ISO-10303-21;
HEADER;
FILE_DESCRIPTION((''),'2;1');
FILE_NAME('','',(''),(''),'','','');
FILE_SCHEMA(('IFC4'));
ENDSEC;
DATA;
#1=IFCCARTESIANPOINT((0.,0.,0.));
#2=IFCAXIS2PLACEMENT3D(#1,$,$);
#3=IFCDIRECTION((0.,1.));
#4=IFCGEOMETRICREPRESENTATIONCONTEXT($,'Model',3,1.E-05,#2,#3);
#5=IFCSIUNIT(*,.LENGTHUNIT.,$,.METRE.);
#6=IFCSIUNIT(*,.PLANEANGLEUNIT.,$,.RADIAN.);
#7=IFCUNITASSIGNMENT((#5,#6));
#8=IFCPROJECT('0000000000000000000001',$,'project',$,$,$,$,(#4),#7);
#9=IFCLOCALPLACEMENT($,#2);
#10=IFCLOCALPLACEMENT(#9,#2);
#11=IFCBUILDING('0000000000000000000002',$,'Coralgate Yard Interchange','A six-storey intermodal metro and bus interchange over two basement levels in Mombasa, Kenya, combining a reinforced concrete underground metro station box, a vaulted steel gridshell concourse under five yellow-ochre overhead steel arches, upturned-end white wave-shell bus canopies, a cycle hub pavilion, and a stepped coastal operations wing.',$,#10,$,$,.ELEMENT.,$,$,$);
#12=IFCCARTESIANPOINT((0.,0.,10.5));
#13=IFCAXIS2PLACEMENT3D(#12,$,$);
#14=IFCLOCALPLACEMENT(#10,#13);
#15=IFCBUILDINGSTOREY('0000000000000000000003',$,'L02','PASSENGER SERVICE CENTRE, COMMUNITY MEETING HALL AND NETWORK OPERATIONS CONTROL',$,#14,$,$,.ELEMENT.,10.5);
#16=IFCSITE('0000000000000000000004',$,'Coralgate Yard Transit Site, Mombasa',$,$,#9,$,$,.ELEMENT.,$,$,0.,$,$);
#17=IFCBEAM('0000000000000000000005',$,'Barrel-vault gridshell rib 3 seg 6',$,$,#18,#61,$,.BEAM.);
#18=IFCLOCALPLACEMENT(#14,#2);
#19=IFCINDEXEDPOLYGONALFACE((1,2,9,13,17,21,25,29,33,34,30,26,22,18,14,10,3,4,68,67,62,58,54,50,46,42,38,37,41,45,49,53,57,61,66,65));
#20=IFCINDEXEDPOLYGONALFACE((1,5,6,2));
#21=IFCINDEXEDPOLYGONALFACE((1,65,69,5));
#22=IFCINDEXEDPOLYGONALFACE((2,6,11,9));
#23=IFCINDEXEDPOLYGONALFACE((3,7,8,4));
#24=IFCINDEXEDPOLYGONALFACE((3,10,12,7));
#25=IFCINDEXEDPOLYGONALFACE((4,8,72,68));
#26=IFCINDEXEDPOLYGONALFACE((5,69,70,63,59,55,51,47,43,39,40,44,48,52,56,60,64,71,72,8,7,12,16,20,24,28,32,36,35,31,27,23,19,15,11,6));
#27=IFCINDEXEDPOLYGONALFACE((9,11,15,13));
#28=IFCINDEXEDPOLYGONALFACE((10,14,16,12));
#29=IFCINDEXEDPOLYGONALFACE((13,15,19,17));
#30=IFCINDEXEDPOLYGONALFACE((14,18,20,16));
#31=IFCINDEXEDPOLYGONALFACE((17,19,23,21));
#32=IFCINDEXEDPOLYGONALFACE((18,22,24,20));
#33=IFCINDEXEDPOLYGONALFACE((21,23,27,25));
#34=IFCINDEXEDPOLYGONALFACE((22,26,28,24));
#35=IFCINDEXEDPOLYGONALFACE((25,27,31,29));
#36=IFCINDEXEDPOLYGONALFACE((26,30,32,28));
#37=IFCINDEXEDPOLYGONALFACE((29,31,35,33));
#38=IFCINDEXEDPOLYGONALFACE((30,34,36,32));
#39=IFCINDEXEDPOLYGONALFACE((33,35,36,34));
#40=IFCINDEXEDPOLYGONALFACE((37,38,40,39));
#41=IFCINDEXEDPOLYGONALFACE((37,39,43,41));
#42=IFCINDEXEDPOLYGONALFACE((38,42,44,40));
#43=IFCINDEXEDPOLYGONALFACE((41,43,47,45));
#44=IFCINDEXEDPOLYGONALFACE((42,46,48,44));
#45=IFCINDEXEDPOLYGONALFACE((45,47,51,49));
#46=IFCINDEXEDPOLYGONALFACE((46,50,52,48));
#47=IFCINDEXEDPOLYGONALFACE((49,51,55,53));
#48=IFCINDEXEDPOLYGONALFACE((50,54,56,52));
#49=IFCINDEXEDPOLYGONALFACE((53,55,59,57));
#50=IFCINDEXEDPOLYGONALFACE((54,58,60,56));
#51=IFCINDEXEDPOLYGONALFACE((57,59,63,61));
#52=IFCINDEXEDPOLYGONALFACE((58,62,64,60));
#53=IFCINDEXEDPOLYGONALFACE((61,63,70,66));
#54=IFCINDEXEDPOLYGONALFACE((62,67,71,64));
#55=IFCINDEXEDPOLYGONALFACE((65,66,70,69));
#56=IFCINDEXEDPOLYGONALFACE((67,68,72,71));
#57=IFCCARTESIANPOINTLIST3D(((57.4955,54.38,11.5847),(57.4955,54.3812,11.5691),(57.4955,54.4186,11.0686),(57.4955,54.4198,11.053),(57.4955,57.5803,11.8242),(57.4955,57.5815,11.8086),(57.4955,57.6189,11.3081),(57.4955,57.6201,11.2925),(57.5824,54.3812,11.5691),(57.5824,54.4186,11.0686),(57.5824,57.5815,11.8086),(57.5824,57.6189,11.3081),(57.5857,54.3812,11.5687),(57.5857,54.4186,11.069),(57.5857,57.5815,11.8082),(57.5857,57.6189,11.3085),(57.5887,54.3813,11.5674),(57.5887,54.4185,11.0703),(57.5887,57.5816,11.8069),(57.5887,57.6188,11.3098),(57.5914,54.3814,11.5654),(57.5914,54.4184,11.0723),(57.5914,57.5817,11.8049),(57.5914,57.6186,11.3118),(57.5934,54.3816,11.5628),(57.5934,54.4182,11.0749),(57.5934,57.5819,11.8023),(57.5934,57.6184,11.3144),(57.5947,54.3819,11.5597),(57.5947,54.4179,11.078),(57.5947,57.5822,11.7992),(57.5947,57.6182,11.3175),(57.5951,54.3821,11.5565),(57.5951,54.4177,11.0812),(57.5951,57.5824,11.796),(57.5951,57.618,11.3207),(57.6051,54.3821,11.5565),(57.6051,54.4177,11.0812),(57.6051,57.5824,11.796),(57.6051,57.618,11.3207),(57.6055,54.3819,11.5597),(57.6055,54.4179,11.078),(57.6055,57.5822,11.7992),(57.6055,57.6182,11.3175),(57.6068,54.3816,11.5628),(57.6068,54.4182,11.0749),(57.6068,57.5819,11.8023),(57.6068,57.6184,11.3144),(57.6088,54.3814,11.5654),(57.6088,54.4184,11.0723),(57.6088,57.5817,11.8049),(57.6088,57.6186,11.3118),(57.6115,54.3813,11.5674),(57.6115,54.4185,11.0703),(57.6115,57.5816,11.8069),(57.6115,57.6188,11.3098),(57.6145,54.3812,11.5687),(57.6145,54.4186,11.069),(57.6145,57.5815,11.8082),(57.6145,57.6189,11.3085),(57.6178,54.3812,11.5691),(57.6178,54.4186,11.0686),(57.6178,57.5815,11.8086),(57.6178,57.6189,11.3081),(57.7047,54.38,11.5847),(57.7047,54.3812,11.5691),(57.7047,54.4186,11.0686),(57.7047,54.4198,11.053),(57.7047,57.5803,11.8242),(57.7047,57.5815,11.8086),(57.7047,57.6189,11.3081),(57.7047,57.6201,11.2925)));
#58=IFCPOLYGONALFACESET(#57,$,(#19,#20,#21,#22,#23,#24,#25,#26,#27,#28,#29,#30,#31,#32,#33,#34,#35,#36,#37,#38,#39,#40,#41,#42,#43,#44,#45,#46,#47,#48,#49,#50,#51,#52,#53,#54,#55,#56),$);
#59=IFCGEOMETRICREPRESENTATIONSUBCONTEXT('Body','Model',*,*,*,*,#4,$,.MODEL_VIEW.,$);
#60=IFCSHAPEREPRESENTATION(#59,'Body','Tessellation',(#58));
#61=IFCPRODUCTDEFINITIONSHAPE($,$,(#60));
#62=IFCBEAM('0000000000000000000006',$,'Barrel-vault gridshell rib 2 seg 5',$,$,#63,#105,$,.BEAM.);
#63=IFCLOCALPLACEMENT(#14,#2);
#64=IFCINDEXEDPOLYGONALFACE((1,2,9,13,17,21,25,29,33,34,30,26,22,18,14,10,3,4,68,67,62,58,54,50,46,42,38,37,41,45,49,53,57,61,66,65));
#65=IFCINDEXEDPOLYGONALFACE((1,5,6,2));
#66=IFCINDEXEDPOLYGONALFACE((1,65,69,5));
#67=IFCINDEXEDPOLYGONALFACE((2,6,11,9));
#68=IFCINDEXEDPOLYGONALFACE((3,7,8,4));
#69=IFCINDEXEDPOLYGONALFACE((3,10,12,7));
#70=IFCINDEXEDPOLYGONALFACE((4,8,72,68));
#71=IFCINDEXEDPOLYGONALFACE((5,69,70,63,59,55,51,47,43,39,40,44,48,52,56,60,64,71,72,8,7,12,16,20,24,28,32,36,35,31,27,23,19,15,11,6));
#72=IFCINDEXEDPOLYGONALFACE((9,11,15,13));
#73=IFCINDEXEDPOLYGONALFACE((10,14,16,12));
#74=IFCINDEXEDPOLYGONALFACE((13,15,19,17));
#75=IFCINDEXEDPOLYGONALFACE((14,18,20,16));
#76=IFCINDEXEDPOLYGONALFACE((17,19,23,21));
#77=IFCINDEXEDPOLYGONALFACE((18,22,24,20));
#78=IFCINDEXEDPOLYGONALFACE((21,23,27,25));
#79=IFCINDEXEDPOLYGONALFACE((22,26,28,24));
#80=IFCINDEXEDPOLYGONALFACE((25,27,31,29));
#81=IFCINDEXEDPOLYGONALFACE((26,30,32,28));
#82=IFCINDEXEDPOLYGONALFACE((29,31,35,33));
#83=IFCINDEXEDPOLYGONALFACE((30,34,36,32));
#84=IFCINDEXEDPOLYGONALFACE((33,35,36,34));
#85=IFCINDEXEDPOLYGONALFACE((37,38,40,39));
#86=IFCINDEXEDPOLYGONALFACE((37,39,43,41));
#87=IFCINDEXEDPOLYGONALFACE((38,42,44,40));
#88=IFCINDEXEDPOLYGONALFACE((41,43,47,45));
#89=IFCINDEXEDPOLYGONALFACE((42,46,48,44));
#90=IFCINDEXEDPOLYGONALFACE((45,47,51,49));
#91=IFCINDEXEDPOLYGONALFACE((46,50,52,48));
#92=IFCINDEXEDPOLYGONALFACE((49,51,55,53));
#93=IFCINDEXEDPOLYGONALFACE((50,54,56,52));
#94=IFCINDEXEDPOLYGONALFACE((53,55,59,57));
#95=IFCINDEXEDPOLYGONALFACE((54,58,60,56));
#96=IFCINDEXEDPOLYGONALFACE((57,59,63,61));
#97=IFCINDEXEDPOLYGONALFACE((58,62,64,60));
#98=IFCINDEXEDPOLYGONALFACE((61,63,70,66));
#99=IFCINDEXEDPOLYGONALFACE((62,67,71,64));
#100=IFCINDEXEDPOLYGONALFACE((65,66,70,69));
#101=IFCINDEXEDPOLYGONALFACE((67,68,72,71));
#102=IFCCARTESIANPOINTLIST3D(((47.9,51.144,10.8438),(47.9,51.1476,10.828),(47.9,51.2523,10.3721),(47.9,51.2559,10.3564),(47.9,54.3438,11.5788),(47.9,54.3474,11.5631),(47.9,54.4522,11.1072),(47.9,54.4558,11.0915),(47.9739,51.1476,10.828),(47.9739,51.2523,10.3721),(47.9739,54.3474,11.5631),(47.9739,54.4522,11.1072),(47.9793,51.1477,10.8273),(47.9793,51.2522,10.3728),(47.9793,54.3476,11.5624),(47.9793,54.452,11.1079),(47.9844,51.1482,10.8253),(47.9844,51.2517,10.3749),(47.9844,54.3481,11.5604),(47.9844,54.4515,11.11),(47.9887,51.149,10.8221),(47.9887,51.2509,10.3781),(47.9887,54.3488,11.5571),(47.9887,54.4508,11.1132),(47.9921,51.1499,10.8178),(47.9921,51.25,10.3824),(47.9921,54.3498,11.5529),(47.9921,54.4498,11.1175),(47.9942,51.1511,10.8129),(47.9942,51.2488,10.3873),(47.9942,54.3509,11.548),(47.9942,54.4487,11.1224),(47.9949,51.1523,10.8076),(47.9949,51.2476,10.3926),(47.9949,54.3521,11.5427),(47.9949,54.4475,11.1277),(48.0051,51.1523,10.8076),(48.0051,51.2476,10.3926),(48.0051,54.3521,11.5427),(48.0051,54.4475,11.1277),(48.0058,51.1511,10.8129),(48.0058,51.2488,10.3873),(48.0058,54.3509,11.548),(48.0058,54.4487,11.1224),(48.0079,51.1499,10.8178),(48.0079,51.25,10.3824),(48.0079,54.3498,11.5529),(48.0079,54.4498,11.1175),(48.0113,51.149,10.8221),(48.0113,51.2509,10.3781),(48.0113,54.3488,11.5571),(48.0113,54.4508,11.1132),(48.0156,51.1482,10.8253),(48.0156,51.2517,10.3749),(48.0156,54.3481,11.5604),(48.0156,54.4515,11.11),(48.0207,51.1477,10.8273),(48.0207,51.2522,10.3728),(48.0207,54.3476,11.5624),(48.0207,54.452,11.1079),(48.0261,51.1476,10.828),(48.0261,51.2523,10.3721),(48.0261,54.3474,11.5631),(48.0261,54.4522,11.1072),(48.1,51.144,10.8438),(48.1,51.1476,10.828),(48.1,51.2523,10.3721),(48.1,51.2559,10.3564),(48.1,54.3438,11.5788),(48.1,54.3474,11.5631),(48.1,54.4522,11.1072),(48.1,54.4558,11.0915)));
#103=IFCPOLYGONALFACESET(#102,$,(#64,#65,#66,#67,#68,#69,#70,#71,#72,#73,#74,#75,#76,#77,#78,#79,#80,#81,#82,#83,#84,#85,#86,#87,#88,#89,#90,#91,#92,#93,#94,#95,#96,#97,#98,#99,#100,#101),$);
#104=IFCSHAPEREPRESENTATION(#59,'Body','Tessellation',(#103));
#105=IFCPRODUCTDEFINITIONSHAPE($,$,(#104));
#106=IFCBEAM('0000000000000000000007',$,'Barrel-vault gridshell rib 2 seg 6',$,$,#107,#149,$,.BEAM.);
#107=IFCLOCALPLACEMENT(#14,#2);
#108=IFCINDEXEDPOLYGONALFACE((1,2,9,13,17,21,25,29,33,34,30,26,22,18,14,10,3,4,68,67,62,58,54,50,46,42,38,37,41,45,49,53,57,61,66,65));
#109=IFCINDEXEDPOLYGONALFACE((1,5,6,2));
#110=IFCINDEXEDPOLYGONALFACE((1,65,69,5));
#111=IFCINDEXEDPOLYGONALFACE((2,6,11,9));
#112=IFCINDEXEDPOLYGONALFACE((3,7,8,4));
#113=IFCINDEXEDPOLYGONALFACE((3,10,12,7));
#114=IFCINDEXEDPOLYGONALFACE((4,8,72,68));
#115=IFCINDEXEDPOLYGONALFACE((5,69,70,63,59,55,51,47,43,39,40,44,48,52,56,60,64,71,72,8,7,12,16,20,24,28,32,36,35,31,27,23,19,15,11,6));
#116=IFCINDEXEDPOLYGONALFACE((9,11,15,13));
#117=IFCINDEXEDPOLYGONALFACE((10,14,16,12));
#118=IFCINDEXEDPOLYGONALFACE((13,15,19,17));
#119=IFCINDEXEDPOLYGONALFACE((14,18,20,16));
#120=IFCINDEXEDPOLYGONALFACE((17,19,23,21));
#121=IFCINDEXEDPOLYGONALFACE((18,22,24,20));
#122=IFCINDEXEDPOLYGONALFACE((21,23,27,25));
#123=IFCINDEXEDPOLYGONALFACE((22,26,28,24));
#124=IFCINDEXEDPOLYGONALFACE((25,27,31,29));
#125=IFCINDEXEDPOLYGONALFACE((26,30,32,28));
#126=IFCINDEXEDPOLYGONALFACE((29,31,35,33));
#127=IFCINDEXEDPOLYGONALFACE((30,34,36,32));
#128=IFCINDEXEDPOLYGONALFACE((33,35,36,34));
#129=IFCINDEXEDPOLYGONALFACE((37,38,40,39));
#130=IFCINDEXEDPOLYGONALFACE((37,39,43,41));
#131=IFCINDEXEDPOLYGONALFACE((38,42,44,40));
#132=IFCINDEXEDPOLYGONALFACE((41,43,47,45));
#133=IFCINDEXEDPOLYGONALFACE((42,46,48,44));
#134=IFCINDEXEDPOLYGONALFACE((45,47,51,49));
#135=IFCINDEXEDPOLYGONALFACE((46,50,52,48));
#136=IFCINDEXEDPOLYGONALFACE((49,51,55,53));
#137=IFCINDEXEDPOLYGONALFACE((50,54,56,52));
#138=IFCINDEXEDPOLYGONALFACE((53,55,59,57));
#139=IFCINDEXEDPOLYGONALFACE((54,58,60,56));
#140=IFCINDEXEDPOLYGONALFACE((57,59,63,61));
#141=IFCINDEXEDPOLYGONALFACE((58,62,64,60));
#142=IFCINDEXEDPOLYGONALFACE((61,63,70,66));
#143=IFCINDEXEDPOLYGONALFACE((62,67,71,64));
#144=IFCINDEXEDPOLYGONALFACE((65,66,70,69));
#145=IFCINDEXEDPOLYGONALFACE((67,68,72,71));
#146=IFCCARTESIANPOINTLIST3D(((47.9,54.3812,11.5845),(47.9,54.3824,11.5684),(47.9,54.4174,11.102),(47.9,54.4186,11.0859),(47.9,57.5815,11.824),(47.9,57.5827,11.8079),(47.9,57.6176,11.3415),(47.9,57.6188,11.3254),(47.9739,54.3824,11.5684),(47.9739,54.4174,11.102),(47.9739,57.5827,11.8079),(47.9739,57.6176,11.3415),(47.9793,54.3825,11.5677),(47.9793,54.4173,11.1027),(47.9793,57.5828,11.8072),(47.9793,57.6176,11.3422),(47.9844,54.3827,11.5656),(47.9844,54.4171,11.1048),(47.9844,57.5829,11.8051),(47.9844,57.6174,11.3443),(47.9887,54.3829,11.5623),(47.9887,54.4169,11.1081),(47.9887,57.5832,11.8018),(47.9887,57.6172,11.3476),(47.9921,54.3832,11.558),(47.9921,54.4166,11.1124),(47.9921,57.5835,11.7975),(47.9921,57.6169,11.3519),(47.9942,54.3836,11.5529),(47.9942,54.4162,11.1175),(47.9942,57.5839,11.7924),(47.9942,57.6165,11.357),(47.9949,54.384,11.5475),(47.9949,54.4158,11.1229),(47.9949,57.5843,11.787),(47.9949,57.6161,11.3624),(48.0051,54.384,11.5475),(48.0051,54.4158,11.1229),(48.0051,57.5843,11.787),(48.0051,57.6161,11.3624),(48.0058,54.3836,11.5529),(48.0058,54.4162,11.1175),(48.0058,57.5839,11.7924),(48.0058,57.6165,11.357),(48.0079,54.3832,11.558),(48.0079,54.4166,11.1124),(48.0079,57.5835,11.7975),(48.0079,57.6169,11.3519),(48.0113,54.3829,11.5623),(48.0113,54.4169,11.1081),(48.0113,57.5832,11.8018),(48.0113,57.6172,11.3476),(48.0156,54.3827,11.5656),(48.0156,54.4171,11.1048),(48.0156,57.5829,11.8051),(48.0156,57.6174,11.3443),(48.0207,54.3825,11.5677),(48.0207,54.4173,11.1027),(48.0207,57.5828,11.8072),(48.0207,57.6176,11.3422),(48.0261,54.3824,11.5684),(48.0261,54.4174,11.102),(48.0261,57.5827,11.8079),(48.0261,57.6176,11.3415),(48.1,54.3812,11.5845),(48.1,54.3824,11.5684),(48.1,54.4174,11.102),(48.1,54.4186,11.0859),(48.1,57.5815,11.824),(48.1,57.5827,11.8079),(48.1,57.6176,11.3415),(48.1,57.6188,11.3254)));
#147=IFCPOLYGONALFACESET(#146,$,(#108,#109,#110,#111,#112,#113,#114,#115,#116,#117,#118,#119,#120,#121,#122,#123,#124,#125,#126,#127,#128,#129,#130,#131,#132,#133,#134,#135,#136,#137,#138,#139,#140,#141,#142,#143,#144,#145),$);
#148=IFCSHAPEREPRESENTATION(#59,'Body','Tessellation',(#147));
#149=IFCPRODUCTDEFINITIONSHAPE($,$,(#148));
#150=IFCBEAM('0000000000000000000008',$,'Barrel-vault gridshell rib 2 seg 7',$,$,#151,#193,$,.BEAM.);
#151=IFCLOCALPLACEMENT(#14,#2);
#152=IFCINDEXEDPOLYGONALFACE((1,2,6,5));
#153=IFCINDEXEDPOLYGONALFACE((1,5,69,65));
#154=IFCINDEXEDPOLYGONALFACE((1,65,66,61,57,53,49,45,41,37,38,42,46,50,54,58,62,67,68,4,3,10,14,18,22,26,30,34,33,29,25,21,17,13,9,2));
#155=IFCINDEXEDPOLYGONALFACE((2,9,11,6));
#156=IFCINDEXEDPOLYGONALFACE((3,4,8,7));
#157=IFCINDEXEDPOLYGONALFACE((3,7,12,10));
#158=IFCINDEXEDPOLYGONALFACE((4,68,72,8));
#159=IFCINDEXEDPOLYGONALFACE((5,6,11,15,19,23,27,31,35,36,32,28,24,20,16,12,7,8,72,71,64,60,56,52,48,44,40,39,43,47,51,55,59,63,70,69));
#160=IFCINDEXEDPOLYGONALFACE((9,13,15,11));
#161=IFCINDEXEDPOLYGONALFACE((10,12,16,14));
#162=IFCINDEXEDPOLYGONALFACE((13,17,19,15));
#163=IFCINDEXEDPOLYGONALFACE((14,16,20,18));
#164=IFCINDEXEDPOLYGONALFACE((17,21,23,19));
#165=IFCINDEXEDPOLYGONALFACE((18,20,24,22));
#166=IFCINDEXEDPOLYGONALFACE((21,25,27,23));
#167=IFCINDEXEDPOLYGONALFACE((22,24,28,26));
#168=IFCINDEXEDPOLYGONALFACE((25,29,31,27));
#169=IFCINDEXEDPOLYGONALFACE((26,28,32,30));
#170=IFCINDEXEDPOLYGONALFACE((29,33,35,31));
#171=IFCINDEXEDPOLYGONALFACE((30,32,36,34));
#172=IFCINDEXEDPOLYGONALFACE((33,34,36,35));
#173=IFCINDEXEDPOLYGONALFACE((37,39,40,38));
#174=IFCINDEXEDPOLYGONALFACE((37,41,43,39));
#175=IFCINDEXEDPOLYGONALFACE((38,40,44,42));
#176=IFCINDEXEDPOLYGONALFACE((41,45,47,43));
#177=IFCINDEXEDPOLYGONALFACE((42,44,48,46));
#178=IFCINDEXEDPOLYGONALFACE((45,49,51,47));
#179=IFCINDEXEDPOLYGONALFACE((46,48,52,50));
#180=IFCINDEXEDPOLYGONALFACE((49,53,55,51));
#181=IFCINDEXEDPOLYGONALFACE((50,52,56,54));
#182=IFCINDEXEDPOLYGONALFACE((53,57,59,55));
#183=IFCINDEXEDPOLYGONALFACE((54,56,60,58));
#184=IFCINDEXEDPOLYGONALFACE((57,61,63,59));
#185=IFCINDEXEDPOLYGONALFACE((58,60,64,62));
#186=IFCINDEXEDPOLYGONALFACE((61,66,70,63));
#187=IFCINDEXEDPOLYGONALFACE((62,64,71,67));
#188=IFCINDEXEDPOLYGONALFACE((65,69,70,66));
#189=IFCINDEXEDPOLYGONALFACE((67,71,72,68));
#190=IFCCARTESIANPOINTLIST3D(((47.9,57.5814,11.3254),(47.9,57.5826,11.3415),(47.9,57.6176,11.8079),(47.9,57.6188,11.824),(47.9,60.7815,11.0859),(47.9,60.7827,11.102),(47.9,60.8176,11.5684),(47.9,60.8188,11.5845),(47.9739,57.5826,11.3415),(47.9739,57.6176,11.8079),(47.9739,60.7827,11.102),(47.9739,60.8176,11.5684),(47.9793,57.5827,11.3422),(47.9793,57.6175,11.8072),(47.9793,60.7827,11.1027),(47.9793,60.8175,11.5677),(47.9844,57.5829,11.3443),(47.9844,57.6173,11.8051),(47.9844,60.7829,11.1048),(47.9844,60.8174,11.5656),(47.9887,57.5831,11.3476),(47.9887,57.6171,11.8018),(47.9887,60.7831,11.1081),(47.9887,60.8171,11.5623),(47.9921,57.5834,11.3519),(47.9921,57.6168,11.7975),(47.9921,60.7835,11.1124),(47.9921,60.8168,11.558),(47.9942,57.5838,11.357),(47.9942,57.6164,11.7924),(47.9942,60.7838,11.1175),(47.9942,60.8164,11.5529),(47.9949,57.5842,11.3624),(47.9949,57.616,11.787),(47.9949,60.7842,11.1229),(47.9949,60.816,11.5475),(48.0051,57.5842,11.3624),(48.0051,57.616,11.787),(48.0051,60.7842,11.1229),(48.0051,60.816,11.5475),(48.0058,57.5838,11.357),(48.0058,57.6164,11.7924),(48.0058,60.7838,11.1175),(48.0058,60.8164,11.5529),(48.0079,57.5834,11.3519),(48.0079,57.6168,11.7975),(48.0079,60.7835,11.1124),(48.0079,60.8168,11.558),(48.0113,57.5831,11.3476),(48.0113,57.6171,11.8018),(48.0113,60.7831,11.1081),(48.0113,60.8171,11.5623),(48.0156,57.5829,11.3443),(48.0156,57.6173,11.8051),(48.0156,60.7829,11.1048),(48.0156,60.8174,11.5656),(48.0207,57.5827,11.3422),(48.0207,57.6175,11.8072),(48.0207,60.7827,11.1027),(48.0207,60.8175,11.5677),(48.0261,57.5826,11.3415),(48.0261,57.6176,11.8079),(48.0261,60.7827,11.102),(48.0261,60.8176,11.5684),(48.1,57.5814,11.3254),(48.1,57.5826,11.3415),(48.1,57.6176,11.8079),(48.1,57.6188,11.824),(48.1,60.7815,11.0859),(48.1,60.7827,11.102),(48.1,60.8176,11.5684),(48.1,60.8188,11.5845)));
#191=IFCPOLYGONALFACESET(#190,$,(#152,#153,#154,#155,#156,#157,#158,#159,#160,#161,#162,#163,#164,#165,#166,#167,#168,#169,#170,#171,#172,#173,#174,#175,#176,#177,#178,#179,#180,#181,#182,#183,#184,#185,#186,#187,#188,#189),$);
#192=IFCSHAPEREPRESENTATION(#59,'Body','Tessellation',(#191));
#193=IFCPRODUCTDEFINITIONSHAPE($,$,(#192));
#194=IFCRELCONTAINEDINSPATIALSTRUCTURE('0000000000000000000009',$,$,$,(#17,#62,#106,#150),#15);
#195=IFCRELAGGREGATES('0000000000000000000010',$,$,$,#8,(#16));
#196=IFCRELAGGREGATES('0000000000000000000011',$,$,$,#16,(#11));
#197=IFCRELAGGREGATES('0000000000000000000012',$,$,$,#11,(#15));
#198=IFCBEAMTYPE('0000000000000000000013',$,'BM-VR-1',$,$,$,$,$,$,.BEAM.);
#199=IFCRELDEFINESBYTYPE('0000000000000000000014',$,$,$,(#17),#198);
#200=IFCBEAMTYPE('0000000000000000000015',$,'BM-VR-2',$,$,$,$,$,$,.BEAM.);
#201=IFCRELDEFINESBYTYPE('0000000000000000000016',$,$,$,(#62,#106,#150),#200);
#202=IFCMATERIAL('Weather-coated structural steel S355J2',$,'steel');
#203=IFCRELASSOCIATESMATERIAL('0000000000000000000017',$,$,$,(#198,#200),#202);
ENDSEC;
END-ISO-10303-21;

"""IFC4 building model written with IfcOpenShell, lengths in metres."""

from ifc_helpers import new_model, si_unit, direction, frame, origin, origin_2d, place, context, subcontext, project, spatial, i_section, extrude, material, material_profile, profile_set, type_object, element, save


model = new_model("IFC4")

# Units and contexts
model_context = context("Model", 3, precision=1e-05, world=origin(), true_north=direction((0.0, 1.0)))
body_context = subcontext(model_context, "Body", "Model", "MODEL_VIEW")
ifc_project = project(units=[si_unit("LENGTHUNIT", "METRE"), si_unit("PLANEANGLEUNIT", "RADIAN")], contexts=[model_context])

# Site, building, storey
site_placement = place(None, origin())
site = spatial("IfcSite", under=ifc_project, at=site_placement, Name="Coralgate Yard Transit Site, Mombasa", CompositionType="ELEMENT", RefElevation=0.0)
building_placement = place(site_placement, origin())
building = spatial("IfcBuilding", under=site, at=building_placement, Name="Coralgate Yard Interchange", Description="A six-storey intermodal metro and bus interchange over two basement levels in Mombasa, Kenya, combining a reinforced concrete underground metro station box, a vaulted steel gridshell concourse under five yellow-ochre overhead steel arches, upturned-end white wave-shell bus canopies, a cycle hub pavilion, and a stepped coastal operations wing.", CompositionType="ELEMENT")
storey_placement = place(building_placement, frame((0.0, 0.0, 10.5)))
storey = spatial("IfcBuildingStorey", under=building, at=storey_placement, Name="L02", Description="PASSENGER SERVICE CENTRE, COMMUNITY MEETING HALL AND NETWORK OPERATIONS CONTROL", CompositionType="ELEMENT", Elevation=10.5)

# Beams
ifc_material_1 = material(Name="Weather-coated structural steel S355J2", Category="steel")
ifc_material_profile_1 = material_profile(ifc_material_1, i_section(OverallWidth=0.2092, OverallDepth=0.5332, WebThickness=0.01, FlangeThickness=0.0156, FilletRadius=0.0127, at=origin_2d()), Name="UB 533x210x92")
ifc_profile_set_1 = profile_set([ifc_material_profile_1], Name="Weather-coated structural steel S355J2")
beam_type_1 = type_object("IfcBeamType", Name="BM-VR-1", PredefinedType="BEAM", material=ifc_profile_set_1)
beam_1_placement = place(storey_placement, frame((57.6001, 54.3999, 11.3188), z_axis=(0.0, 0.997211, 0.074631), x_axis=(-1.0, 0.0, 0.0)))
element("IfcBeam", 1, at=beam_1_placement, inside=storey, type_object=beam_type_1, Name="Barrel-vault gridshell rib 3 seg 6", PredefinedType="BEAM", context=body_context, shape_type="SweptSolid", body=[
    extrude(i_section(OverallWidth=0.2092, OverallDepth=0.5332, WebThickness=0.01, FlangeThickness=0.0156, FilletRadius=0.0127, at=origin_2d()), origin(), (0.0, 0.0, 1.0), 3.2092),
])
ifc_material_profile_2 = material_profile(ifc_material_1, i_section(OverallWidth=0.2, OverallDepth=0.5, WebThickness=0.0103, FlangeThickness=0.0161, FilletRadius=0.021, at=origin_2d()), Name="IPE 500")
ifc_profile_set_2 = profile_set([ifc_material_profile_2], Name="Weather-coated structural steel S355J2")
beam_type_2 = type_object("IfcBeamType", Name="BM-VR-2", PredefinedType="BEAM", material=ifc_profile_set_2)
beam_2_placement = place(storey_placement, frame((48.0, 51.2, 10.6001), z_axis=(0.0, 0.974614, 0.223893), x_axis=(-1.0, 0.0, 0.0)))
element("IfcBeam", 2, at=beam_2_placement, inside=storey, type_object=beam_type_2, Name="Barrel-vault gridshell rib 2 seg 5", PredefinedType="BEAM", context=body_context, shape_type="SweptSolid", body=[
    extrude(i_section(OverallWidth=0.2, OverallDepth=0.5, WebThickness=0.0103, FlangeThickness=0.0161, FilletRadius=0.021, at=origin_2d()), origin(), (0.0, 0.0, 1.0), 3.2832),
])
beam_3_placement = place(storey_placement, frame((48.0, 54.3999, 11.3352), z_axis=(0.0, 0.997211, 0.074631), x_axis=(-1.0, 0.0, 0.0)))
element("IfcBeam", 3, at=beam_3_placement, inside=storey, type_object=beam_type_2, Name="Barrel-vault gridshell rib 2 seg 6", PredefinedType="BEAM", context=body_context, shape_type="SweptSolid", body=[
    extrude(i_section(OverallWidth=0.2, OverallDepth=0.5, WebThickness=0.0103, FlangeThickness=0.0161, FilletRadius=0.021, at=origin_2d()), origin(), (0.0, 0.0, 1.0), 3.2092),
])
beam_4_placement = place(storey_placement, frame((48.0, 57.6001, 11.5747), z_axis=(0.0, 0.997211, -0.074637), x_axis=(-1.0, 0.0, 0.0)))
element("IfcBeam", 4, at=beam_4_placement, inside=storey, type_object=beam_type_2, Name="Barrel-vault gridshell rib 2 seg 7", PredefinedType="BEAM", context=body_context, shape_type="SweptSolid", body=[
    extrude(i_section(OverallWidth=0.2, OverallDepth=0.5, WebThickness=0.0103, FlangeThickness=0.0161, FilletRadius=0.021, at=origin_2d()), origin(), (0.0, 0.0, 1.0), 3.209),
])

save(model, "model.ifc")
